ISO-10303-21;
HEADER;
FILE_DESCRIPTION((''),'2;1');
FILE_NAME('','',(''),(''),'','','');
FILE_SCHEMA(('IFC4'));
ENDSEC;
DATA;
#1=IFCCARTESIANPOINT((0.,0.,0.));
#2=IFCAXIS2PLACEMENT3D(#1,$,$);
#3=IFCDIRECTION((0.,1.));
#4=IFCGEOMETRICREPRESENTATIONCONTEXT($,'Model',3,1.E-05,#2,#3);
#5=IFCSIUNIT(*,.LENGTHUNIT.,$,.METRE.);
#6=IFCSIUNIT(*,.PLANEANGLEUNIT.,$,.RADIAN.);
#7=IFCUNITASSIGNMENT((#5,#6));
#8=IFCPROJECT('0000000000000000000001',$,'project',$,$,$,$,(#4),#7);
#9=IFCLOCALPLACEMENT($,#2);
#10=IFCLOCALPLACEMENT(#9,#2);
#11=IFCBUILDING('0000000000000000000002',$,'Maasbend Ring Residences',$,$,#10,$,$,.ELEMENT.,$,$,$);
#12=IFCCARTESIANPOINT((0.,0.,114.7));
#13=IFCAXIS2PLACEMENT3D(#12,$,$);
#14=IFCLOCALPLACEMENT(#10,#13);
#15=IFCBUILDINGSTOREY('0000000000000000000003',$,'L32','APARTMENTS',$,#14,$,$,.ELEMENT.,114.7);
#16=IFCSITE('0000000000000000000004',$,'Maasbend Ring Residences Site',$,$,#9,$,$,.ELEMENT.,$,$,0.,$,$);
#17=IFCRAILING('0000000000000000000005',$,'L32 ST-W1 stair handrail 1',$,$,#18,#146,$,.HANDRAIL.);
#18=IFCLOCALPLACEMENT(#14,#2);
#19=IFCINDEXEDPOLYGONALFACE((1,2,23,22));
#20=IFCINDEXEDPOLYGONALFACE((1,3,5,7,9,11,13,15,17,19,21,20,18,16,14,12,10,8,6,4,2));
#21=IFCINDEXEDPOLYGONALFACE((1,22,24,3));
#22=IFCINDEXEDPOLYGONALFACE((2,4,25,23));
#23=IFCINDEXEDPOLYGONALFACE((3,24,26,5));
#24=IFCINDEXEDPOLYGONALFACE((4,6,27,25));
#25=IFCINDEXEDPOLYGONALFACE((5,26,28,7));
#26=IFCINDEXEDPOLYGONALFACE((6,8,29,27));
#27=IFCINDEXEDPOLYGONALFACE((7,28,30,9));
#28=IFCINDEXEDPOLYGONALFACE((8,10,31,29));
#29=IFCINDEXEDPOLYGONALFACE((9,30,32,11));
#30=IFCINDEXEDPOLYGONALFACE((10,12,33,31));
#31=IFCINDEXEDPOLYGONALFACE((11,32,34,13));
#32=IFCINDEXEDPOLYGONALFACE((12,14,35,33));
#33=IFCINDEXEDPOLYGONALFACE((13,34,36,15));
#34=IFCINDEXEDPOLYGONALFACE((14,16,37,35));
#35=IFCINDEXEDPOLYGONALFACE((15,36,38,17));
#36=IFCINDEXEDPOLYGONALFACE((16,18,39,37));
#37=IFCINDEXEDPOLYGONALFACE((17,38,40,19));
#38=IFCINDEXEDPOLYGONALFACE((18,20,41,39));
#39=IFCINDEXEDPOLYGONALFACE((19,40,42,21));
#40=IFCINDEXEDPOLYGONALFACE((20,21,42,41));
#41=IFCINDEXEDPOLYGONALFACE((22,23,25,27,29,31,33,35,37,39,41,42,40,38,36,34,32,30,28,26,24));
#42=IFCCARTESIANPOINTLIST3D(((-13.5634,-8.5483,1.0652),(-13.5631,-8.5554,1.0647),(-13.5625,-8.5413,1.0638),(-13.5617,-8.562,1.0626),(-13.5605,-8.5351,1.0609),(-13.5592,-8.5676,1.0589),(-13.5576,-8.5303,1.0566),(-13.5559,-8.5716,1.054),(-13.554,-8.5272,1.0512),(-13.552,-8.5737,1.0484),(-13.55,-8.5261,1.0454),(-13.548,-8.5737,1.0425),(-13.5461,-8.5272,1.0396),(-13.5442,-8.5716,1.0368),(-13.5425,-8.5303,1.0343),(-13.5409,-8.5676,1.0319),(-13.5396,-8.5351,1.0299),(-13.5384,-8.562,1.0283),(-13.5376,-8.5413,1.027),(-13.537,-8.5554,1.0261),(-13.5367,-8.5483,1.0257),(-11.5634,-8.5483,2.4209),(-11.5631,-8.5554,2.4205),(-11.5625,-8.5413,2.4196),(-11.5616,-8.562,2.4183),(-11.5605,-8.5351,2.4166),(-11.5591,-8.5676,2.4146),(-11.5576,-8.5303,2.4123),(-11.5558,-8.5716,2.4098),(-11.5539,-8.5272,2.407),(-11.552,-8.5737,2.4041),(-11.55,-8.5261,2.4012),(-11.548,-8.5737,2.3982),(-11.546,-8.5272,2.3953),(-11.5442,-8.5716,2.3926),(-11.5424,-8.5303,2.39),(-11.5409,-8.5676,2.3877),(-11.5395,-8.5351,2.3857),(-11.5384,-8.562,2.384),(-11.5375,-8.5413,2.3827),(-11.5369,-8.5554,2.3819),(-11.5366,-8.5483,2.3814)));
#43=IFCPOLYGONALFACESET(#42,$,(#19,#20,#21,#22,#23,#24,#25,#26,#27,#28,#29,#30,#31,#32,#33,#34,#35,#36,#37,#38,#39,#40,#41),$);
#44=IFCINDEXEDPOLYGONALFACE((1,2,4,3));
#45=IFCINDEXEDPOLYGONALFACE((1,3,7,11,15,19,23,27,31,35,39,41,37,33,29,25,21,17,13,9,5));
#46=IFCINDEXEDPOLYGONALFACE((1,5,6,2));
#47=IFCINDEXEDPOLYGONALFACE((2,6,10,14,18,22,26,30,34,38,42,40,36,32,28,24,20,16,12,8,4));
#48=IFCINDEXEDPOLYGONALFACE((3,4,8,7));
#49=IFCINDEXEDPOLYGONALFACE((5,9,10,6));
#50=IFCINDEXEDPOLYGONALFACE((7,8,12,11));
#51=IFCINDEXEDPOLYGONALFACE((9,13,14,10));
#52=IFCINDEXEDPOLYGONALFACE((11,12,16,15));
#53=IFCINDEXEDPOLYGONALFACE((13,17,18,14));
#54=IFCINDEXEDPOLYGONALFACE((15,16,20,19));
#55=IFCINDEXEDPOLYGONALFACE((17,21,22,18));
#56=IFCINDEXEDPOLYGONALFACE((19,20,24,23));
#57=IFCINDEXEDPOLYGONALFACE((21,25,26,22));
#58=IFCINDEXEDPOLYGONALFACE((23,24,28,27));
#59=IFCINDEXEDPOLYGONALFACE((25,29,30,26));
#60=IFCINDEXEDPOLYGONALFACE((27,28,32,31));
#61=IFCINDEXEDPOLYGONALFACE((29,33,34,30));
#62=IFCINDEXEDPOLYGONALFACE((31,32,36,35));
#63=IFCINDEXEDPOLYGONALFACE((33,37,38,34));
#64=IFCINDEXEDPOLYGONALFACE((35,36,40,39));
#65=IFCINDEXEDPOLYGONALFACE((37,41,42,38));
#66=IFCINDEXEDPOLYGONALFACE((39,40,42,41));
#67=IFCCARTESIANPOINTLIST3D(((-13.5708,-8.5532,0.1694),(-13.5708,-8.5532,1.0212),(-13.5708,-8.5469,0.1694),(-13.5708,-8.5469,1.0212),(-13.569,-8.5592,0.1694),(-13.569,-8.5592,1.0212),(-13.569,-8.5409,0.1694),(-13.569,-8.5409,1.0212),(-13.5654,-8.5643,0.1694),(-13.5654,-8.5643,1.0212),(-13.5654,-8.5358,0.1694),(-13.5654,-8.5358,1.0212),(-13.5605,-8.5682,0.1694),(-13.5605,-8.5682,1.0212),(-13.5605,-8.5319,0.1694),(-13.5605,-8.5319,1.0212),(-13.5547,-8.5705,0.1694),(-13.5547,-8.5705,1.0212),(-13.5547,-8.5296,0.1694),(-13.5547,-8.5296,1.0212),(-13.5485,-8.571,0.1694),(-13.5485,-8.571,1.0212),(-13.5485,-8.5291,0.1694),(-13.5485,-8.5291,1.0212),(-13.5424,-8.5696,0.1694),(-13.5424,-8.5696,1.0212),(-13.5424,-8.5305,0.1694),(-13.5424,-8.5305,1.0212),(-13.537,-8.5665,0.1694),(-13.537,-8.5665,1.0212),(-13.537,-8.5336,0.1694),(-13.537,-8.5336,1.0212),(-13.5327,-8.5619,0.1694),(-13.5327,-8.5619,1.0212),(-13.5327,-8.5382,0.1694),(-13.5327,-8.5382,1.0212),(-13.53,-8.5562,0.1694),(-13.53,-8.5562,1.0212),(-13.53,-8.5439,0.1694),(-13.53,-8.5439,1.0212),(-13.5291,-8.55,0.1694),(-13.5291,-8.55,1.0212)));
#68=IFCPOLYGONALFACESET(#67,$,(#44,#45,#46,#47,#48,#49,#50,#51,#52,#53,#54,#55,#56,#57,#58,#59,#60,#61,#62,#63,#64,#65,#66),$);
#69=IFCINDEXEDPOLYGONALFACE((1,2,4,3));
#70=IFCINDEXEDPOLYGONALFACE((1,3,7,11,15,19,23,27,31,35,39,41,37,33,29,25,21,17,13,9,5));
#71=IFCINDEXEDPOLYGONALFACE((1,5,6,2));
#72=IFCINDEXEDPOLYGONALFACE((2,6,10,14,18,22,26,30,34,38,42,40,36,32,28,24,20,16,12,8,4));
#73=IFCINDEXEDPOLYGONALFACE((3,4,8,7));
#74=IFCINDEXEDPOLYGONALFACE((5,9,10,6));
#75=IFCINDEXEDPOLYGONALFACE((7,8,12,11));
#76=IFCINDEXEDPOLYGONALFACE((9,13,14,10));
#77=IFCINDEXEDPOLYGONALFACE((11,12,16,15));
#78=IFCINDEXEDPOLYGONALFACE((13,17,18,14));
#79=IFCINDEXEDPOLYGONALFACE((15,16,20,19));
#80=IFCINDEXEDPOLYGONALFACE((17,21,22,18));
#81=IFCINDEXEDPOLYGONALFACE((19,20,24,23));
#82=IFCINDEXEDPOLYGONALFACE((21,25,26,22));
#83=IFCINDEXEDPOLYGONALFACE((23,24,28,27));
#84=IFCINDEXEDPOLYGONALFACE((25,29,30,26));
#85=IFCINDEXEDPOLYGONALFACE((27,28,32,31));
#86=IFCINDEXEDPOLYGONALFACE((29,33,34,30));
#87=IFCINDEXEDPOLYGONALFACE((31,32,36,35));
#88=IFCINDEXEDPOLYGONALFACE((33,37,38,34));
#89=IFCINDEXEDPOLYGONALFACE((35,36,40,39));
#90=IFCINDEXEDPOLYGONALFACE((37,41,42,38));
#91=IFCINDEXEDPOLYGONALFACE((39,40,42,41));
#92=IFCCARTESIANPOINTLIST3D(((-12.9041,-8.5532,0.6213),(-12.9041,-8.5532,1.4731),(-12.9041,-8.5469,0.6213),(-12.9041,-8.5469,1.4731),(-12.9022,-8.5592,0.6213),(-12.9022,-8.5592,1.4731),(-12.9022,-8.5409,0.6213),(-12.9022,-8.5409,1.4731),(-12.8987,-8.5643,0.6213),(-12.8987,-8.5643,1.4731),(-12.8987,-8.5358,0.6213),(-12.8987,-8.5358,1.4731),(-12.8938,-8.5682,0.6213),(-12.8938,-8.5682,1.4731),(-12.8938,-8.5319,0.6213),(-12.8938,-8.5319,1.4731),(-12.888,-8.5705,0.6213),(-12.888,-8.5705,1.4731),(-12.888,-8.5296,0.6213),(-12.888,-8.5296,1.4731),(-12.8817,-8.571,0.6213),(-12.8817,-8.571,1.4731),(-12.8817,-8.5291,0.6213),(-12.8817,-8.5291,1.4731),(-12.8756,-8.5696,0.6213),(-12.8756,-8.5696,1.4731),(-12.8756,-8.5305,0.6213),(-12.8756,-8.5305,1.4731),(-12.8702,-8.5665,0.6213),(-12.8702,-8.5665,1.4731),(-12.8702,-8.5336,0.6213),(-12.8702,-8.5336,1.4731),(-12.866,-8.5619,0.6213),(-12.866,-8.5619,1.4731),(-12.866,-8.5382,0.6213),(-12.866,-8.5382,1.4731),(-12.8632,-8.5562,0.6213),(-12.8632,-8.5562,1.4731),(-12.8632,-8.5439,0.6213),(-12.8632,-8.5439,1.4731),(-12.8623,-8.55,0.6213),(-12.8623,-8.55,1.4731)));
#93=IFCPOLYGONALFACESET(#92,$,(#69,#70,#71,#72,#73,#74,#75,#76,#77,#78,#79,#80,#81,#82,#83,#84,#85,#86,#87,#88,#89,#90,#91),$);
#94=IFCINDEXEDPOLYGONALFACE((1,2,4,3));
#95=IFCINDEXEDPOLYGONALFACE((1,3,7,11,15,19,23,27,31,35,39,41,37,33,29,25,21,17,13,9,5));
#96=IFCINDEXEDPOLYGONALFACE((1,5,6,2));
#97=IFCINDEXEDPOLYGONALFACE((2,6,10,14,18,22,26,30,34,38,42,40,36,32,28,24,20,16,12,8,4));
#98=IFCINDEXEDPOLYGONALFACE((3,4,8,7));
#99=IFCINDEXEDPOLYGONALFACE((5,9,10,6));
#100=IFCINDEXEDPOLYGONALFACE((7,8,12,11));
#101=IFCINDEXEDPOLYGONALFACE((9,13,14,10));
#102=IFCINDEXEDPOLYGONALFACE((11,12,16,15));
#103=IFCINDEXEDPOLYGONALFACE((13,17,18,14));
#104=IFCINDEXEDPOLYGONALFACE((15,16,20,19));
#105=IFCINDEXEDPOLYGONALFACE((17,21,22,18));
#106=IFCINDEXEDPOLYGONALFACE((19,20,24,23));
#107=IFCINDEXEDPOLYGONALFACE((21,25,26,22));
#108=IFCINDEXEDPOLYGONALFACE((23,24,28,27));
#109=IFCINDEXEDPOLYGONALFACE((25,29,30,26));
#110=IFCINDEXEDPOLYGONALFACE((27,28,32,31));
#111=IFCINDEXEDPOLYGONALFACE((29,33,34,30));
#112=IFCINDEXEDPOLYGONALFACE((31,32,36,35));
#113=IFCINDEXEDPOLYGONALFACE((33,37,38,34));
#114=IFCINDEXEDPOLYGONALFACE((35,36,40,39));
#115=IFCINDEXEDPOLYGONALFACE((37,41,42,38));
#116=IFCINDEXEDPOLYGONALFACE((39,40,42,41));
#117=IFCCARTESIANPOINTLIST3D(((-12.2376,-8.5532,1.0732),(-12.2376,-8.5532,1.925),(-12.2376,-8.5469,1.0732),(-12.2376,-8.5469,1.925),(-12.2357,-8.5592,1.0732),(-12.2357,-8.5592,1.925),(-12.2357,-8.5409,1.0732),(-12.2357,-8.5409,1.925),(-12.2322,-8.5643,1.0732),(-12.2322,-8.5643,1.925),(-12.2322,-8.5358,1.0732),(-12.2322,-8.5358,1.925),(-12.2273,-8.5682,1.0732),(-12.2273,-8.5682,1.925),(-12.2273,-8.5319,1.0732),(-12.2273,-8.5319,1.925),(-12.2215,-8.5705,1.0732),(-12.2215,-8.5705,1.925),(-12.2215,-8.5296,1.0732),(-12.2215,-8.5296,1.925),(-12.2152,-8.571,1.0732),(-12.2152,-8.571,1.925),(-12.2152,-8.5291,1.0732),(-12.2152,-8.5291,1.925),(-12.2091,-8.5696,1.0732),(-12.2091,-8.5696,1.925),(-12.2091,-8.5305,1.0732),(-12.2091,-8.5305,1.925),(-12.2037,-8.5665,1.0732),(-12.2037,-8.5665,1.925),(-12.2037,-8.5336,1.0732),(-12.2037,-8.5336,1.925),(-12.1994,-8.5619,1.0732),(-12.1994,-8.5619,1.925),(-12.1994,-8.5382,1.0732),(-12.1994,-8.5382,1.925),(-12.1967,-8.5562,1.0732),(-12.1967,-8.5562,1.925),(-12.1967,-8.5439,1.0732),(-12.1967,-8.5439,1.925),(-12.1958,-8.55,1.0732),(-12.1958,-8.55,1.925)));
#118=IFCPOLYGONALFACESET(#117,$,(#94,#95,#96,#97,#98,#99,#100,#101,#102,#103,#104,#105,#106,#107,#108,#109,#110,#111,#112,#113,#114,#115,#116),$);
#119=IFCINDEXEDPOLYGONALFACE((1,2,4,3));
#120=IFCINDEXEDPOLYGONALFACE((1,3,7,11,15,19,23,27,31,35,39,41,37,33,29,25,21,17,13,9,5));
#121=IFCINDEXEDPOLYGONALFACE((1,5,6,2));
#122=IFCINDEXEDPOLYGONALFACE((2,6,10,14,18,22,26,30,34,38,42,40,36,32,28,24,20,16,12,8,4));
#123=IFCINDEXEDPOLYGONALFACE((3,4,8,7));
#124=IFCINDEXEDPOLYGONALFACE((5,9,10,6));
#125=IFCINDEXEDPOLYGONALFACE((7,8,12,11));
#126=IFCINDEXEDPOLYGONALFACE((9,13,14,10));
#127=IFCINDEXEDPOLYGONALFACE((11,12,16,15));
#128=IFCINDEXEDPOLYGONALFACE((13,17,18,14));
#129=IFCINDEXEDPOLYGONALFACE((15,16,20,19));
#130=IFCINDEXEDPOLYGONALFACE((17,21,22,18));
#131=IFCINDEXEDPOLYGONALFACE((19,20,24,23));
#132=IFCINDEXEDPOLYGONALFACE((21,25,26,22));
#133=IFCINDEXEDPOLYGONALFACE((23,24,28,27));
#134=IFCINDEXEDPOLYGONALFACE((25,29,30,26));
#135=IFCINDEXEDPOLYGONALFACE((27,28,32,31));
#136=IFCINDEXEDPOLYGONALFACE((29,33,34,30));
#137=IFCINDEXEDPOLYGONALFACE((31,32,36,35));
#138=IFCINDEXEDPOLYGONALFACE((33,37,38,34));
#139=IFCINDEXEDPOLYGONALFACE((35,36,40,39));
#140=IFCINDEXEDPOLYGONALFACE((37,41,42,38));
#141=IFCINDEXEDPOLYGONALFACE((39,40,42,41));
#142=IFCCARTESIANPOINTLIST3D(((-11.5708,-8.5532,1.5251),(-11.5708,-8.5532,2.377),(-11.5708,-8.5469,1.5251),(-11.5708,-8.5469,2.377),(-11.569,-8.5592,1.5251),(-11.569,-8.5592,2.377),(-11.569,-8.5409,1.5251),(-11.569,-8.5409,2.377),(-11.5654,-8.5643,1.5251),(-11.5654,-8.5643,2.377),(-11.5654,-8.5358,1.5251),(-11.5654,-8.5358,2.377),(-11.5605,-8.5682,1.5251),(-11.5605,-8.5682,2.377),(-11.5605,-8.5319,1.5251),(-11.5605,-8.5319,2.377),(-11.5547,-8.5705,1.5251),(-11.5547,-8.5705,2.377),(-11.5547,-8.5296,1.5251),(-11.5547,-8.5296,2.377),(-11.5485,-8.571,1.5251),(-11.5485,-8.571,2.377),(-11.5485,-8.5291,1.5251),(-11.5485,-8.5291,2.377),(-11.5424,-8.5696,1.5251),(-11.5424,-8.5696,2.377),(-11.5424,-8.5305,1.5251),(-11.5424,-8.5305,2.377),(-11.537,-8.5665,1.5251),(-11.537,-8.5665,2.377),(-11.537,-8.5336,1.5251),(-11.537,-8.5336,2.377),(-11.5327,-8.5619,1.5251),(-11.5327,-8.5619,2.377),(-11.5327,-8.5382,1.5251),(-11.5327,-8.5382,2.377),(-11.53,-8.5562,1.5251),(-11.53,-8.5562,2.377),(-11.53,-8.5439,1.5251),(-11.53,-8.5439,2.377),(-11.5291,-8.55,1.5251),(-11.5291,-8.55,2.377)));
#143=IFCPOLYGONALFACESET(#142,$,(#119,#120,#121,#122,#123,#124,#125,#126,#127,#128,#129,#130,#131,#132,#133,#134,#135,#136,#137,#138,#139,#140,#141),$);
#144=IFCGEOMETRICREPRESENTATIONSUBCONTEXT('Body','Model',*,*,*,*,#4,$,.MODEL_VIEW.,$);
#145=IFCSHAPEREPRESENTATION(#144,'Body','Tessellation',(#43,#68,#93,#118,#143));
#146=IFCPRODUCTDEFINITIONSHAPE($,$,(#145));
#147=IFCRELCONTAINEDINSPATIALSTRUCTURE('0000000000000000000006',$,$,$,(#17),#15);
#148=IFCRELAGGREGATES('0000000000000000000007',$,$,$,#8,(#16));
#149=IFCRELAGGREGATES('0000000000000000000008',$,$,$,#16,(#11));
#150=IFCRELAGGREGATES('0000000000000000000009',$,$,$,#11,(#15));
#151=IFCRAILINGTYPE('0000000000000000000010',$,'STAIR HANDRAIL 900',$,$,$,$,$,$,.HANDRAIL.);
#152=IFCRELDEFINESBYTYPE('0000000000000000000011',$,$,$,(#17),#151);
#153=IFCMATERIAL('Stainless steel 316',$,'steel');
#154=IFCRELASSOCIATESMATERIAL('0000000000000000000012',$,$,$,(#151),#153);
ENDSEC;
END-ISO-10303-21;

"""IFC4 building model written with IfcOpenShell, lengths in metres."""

from ifc_helpers import new_model, si_unit, direction, frame, origin, origin_2d, place, context, subcontext, project, spatial, circle, extrude, material, type_object, element, save


model = new_model("IFC4")

# Units and contexts
model_context = context("Model", 3, precision=1e-05, world=origin(), true_north=direction((0.0, 1.0)))
body_context = subcontext(model_context, "Body", "Model", "MODEL_VIEW")
ifc_project = project(units=[si_unit("LENGTHUNIT", "METRE"), si_unit("PLANEANGLEUNIT", "RADIAN")], contexts=[model_context])

# Site, building, storey
site_placement = place(None, origin())
site = spatial("IfcSite", under=ifc_project, at=site_placement, Name="Maasbend Ring Residences Site", CompositionType="ELEMENT", RefElevation=0.0)
building_placement = place(site_placement, origin())
building = spatial("IfcBuilding", under=site, at=building_placement, Name="Maasbend Ring Residences", CompositionType="ELEMENT")
storey_placement = place(building_placement, frame((0.0, 0.0, 114.7)))
storey = spatial("IfcBuildingStorey", under=building, at=storey_placement, Name="L32", Description="APARTMENTS", CompositionType="ELEMENT", Elevation=114.7)

# Railing
ifc_material_1 = material(Name="Stainless steel 316", Category="steel")
railing_type_1 = type_object("IfcRailingType", Name="STAIR HANDRAIL 900", PredefinedType="HANDRAIL", material=ifc_material_1)
railing_1_placement = place(storey_placement, frame((-13.55, -8.55, 0.1694)))
element("IfcRailing", 1, at=railing_1_placement, inside=storey, type_object=railing_type_1, Name="L32 ST-W1 stair handrail 1", PredefinedType="HANDRAIL", context=body_context, shape_type="SweptSolid", body=[
    extrude(circle(Radius=0.0239, at=origin_2d()), frame((0.0, 0.0, 0.876), z_axis=(0.827751, 0.0, 0.561096), x_axis=(0.0, 1.0, 0.0)), (0.0, 0.0, 1.0), 2.4163),
    extrude(circle(Radius=0.021, at=origin_2d()), origin(), (0.0, 0.0, 1.0), 0.8518),
    extrude(circle(Radius=0.021, at=origin_2d()), frame((0.6667, 0.0, 0.4519)), (0.0, 0.0, 1.0), 0.8518),
    extrude(circle(Radius=0.021, at=origin_2d()), frame((1.3333, 0.0, 0.9038)), (0.0, 0.0, 1.0), 0.8518),
    extrude(circle(Radius=0.021, at=origin_2d()), frame((2.0, 0.0, 1.3557)), (0.0, 0.0, 1.0), 0.8518),
])

save(model, "model.ifc")
